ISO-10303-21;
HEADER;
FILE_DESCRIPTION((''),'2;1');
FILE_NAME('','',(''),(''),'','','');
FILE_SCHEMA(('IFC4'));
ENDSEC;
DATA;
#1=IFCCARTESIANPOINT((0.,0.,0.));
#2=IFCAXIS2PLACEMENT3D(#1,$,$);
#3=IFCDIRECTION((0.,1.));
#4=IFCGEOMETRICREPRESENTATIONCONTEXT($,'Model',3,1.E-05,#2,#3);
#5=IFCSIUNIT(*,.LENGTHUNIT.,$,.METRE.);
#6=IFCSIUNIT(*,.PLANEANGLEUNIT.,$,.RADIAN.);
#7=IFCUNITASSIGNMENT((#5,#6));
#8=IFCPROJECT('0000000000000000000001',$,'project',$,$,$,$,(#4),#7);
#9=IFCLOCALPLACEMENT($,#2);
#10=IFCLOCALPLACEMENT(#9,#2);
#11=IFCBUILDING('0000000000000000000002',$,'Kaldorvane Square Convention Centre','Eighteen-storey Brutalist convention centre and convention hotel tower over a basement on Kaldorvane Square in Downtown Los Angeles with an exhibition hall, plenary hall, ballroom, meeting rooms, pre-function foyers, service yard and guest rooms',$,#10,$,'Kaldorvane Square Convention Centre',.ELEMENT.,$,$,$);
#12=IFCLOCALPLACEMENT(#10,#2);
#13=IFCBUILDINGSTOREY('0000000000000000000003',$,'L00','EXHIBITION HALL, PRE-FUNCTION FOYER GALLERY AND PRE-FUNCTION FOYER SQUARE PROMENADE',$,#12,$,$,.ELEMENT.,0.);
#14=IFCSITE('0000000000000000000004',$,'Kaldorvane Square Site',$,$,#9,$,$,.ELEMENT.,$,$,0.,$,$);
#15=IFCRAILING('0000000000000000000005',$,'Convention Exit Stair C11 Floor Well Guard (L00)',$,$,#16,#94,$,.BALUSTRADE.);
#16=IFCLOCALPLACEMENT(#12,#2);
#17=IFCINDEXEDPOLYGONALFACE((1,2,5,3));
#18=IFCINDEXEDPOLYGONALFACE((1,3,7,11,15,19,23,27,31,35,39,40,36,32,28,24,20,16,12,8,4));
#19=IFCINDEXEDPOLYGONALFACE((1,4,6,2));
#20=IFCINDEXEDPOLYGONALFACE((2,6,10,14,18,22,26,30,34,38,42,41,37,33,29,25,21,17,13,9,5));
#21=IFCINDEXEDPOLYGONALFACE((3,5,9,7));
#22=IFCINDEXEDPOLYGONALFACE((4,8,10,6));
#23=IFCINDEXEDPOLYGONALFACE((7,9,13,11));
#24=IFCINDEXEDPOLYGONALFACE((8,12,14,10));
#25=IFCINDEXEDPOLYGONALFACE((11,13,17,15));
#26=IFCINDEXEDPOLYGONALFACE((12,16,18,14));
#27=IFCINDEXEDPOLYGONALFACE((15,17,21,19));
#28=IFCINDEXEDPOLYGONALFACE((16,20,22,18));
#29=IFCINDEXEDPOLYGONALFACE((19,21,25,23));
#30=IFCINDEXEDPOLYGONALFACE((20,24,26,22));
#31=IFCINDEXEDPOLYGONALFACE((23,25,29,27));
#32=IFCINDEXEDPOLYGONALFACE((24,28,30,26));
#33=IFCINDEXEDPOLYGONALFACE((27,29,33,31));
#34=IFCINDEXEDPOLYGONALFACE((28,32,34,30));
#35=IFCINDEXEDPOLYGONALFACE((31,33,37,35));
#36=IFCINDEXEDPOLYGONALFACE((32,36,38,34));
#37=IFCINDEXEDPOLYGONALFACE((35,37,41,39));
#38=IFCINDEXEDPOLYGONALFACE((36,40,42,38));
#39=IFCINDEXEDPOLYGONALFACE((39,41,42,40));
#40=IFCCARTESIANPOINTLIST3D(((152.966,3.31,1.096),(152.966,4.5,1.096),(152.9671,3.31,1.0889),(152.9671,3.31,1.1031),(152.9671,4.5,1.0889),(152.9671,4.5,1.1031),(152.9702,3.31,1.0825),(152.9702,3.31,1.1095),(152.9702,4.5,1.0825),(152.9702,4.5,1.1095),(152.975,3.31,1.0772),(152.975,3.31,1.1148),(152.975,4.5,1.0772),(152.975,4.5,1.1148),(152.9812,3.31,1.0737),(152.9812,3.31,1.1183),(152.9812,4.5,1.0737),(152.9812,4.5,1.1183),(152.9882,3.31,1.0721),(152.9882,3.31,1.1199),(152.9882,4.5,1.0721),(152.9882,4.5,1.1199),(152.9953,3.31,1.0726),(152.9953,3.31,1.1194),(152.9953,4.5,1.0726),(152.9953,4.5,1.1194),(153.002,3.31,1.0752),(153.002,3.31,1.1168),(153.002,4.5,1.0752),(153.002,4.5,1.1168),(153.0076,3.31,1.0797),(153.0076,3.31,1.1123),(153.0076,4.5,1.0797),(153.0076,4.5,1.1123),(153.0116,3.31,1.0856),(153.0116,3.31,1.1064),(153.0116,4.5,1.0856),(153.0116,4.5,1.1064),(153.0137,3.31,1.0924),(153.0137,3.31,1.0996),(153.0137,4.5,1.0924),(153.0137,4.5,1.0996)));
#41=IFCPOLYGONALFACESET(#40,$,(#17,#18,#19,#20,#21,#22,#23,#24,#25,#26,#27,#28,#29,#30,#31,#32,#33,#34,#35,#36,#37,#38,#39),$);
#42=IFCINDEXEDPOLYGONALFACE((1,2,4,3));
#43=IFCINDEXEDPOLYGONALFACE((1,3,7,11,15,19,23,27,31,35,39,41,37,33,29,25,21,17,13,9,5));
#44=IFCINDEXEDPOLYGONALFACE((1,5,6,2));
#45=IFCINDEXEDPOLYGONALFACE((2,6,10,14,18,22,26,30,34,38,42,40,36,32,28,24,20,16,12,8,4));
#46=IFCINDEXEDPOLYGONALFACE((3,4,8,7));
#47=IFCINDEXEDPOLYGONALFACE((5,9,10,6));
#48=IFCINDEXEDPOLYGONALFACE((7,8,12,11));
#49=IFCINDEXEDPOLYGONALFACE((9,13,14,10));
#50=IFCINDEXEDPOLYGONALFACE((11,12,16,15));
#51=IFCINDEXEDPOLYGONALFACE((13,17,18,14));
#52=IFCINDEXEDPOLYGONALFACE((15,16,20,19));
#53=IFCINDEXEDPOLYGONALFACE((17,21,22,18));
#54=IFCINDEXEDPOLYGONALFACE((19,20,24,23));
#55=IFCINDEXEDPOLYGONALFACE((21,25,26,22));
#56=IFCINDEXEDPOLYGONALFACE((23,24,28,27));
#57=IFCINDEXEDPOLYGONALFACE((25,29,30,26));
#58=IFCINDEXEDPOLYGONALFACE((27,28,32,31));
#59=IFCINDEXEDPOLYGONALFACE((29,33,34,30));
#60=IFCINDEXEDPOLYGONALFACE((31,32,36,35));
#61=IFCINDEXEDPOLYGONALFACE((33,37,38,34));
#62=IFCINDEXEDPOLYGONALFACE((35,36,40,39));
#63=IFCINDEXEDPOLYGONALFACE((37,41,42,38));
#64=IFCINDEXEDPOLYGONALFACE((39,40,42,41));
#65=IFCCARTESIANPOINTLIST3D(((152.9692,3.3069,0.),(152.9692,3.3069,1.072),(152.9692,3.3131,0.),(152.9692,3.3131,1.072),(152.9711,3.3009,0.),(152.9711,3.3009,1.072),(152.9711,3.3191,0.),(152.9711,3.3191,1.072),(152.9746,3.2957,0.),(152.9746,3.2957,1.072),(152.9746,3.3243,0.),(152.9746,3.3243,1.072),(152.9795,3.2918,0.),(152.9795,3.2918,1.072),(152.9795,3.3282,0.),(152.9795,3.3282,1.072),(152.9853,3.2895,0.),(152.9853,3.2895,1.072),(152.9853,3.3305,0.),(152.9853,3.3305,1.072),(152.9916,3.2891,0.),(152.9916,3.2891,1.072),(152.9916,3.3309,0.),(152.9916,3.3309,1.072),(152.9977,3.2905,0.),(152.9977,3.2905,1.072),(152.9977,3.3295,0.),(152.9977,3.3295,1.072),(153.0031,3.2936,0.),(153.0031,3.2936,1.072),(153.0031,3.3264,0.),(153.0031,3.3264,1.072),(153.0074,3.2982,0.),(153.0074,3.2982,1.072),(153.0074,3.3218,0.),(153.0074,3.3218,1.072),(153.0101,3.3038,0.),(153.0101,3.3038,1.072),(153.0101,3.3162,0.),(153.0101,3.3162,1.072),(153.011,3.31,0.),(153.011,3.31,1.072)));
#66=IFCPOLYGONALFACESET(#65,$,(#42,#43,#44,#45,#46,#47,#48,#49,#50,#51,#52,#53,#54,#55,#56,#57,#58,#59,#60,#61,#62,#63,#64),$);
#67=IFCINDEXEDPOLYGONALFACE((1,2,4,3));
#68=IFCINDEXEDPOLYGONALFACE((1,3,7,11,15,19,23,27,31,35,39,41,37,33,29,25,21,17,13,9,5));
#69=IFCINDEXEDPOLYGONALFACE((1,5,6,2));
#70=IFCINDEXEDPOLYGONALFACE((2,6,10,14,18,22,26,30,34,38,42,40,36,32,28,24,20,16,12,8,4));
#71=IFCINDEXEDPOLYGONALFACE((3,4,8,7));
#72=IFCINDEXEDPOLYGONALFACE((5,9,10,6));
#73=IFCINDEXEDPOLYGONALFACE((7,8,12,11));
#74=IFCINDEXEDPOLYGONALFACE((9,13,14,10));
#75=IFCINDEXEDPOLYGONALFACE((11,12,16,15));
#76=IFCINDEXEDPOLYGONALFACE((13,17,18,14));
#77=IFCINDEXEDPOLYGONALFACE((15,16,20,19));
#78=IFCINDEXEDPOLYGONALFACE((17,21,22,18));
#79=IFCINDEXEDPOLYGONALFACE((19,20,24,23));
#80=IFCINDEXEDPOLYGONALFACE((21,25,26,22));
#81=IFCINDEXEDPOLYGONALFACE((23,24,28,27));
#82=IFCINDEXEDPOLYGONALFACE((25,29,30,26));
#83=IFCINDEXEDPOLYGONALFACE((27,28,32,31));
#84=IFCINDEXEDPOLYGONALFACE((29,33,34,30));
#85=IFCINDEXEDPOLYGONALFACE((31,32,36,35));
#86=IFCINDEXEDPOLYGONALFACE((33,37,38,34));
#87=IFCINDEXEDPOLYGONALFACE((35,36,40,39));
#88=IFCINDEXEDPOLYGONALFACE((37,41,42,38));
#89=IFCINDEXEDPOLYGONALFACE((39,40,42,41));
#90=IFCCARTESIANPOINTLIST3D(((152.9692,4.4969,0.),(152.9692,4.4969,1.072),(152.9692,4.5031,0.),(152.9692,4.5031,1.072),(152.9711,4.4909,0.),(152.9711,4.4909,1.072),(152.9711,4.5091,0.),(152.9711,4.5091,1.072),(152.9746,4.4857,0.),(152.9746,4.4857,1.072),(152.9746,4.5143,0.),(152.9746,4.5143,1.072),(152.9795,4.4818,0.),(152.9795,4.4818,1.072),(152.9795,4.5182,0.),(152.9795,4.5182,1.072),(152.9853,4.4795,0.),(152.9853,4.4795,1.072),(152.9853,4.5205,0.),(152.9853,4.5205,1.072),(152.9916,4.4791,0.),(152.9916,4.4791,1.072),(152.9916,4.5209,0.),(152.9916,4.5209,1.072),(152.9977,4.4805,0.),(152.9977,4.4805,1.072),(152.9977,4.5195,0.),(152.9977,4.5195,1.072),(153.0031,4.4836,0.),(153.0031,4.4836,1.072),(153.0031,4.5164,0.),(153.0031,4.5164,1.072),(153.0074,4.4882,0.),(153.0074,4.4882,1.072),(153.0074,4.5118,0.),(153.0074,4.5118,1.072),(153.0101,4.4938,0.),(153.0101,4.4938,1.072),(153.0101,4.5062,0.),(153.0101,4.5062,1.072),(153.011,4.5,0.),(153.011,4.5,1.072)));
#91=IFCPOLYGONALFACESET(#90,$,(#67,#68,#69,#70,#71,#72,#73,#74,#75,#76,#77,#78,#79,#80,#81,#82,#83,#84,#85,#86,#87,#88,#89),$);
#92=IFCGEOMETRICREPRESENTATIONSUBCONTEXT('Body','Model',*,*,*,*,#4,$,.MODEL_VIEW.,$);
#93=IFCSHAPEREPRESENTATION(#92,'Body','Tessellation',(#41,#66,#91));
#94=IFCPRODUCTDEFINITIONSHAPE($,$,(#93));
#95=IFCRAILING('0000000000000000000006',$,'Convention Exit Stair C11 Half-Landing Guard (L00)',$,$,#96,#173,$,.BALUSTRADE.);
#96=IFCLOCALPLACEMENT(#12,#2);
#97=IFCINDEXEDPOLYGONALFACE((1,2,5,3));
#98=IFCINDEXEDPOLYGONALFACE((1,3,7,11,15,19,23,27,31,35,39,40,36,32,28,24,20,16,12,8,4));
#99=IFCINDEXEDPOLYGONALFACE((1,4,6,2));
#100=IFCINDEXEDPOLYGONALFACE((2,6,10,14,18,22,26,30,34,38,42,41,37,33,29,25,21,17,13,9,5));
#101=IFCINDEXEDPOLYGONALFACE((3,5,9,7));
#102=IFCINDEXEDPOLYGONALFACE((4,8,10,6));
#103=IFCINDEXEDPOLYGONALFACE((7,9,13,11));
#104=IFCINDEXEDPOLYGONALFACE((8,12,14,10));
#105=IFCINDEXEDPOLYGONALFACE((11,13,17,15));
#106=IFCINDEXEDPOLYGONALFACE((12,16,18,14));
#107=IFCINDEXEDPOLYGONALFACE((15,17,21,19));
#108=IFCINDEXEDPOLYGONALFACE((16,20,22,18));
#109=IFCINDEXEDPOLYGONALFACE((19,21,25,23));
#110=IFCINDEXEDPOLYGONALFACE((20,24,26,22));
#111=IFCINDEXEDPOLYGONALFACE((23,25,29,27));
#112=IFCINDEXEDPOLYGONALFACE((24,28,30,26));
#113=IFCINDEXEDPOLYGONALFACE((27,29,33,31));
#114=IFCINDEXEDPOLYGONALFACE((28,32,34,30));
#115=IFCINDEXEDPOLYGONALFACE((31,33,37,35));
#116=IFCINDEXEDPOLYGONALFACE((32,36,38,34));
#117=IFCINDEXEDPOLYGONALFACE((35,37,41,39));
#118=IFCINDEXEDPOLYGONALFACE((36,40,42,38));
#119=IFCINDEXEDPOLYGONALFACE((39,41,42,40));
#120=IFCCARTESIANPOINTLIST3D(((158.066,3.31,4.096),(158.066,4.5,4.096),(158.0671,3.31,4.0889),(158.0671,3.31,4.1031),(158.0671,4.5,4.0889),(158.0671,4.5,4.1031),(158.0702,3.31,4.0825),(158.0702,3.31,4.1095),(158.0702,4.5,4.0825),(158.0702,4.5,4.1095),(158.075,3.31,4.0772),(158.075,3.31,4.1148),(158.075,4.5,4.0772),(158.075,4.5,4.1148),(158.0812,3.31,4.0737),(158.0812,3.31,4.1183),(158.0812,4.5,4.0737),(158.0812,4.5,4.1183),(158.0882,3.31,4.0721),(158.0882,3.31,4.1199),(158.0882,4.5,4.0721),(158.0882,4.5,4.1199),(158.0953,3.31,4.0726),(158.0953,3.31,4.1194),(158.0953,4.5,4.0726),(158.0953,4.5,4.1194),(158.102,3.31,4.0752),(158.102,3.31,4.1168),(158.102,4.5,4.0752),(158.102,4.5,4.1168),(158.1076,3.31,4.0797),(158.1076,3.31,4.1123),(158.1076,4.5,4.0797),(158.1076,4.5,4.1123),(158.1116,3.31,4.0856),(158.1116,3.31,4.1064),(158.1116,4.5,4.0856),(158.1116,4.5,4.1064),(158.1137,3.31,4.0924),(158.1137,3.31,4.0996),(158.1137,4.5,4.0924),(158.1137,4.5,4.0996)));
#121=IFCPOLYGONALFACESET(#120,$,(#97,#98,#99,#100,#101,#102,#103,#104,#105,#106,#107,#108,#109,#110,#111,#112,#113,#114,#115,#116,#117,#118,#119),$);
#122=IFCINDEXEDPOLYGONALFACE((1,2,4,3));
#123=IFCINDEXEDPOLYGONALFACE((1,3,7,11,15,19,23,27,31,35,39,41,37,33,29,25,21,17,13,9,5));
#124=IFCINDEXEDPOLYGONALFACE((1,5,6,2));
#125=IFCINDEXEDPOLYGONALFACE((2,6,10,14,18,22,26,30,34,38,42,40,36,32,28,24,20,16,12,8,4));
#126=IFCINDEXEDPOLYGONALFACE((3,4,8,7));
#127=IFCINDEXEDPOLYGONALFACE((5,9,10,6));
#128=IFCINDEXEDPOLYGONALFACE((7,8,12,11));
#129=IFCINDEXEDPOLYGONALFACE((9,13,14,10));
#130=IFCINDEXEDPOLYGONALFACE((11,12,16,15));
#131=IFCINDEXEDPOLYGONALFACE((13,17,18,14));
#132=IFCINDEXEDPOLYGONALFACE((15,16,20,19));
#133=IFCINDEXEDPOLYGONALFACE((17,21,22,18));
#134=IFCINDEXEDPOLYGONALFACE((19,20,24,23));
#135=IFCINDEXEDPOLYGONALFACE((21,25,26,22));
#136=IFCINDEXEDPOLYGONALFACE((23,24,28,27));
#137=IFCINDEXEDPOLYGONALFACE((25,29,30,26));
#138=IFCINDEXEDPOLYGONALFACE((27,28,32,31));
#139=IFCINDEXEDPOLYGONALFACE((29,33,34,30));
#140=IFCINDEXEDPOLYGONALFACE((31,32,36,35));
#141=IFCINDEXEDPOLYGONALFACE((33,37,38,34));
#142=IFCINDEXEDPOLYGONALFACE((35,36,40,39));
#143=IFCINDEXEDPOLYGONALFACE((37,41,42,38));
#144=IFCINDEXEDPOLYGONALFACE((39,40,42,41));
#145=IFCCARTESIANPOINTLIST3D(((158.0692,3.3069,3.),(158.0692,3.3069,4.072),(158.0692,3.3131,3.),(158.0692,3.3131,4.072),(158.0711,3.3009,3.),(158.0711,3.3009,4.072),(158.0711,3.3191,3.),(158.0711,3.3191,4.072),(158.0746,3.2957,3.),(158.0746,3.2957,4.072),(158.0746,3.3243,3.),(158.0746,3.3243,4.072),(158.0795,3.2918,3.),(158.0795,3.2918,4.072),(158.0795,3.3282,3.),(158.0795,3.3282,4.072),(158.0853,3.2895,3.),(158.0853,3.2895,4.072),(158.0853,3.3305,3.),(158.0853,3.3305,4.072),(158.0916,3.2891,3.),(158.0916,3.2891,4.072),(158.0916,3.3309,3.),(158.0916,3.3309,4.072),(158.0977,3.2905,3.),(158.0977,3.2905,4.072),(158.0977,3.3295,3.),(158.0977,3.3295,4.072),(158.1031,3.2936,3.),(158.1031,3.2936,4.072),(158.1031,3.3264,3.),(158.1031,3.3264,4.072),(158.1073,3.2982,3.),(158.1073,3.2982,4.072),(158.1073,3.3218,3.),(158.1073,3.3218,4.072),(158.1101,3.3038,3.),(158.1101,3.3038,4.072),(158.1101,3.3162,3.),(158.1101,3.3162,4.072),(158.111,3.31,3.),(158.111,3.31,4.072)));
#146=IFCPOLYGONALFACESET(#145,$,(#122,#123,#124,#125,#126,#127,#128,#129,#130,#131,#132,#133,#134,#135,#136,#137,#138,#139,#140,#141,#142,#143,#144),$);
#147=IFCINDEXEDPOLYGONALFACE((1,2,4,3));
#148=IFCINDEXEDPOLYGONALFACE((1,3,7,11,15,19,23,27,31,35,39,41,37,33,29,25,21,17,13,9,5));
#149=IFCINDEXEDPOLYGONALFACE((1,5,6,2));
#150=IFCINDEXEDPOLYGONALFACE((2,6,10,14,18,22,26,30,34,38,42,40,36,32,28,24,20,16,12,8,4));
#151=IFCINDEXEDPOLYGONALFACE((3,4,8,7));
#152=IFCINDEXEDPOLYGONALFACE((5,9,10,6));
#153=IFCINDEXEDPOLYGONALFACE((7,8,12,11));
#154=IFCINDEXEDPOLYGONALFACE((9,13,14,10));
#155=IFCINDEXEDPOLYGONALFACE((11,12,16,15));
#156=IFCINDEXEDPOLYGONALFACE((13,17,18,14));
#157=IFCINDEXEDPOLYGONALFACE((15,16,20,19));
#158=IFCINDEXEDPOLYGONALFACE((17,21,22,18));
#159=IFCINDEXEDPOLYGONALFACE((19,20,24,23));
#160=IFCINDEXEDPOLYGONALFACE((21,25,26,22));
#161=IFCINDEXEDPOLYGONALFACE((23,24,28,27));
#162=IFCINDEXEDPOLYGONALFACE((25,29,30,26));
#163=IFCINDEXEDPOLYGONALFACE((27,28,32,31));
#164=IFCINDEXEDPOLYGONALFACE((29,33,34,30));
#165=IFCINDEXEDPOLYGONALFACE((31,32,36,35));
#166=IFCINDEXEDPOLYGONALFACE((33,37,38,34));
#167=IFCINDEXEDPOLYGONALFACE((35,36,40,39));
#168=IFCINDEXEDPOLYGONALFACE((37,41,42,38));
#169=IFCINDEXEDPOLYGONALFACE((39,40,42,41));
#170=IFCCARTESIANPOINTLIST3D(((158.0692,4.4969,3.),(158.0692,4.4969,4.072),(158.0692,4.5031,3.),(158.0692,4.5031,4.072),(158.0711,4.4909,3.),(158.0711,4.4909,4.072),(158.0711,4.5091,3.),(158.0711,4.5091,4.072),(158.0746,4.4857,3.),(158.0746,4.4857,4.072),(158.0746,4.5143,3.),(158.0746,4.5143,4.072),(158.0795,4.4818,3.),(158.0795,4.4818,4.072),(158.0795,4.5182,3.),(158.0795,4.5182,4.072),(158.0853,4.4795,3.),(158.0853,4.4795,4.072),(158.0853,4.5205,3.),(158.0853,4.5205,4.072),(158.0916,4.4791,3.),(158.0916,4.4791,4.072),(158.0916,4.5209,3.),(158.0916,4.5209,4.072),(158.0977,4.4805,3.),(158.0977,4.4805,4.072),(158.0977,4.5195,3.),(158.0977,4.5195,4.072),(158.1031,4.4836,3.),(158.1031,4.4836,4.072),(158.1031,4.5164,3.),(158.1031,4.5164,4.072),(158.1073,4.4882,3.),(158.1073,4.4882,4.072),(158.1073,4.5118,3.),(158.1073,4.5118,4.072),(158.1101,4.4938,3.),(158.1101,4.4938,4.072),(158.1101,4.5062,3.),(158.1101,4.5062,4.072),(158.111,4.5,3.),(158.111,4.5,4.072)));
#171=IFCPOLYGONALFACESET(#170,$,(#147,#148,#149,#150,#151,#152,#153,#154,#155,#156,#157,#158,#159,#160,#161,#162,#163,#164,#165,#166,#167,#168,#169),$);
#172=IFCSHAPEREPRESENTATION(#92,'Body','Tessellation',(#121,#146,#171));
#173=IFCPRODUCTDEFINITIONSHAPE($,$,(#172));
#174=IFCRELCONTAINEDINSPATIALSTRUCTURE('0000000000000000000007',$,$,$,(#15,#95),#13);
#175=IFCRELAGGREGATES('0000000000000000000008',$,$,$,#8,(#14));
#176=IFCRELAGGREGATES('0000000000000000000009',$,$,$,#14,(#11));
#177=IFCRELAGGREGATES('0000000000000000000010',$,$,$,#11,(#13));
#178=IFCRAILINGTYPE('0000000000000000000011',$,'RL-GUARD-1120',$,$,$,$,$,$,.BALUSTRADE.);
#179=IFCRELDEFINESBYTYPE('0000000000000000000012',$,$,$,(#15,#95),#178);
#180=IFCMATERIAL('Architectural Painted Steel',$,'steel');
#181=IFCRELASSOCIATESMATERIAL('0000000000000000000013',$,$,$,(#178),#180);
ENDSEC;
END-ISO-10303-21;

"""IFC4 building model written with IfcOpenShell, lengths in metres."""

from ifc_helpers import new_model, si_unit, direction, frame, origin, origin_2d, place, context, subcontext, project, spatial, circle, extrude, material, type_object, element, save


model = new_model("IFC4")

# Units and contexts
model_context = context("Model", 3, precision=1e-05, world=origin(), true_north=direction((0.0, 1.0)))
body_context = subcontext(model_context, "Body", "Model", "MODEL_VIEW")
ifc_project = project(units=[si_unit("LENGTHUNIT", "METRE"), si_unit("PLANEANGLEUNIT", "RADIAN")], contexts=[model_context])

# Site, building, storey
site_placement = place(None, origin())
site = spatial("IfcSite", under=ifc_project, at=site_placement, Name="Kaldorvane Square Site", CompositionType="ELEMENT", RefElevation=0.0)
building_placement = place(site_placement, origin())
building = spatial("IfcBuilding", under=site, at=building_placement, Name="Kaldorvane Square Convention Centre", Description="Eighteen-storey Brutalist convention centre and convention hotel tower over a basement on Kaldorvane Square in Downtown Los Angeles with an exhibition hall, plenary hall, ballroom, meeting rooms, pre-function foyers, service yard and guest rooms", LongName="Kaldorvane Square Convention Centre", CompositionType="ELEMENT")
storey_placement = place(building_placement, origin())
storey = spatial("IfcBuildingStorey", under=building, at=storey_placement, Name="L00", Description="EXHIBITION HALL, PRE-FUNCTION FOYER GALLERY AND PRE-FUNCTION FOYER SQUARE PROMENADE", CompositionType="ELEMENT", Elevation=0.0)

# Railings
ifc_material_1 = material(Name="Architectural Painted Steel", Category="steel")
railing_type_1 = type_object("IfcRailingType", Name="RL-GUARD-1120", PredefinedType="BALUSTRADE", material=ifc_material_1)
for number, where, name in (
    (1, (152.99, 3.31, 0.0), "Convention Exit Stair C11 Floor Well Guard (L00)"),
    (2, (158.09, 3.31, 3.0), "Convention Exit Stair C11 Half-Landing Guard (L00)"),
):
    element("IfcRailing", number, at=place(storey_placement, frame(where)), inside=storey, type_object=railing_type_1, Name=name, PredefinedType="BALUSTRADE", context=body_context, shape_type="SweptSolid", body=[
        extrude(circle(Radius=0.024, at=origin_2d()), frame((0.0, 0.0, 1.096), z_axis=(0.0, 1.0, 0.0), x_axis=(-1.0, 0.0, 0.0)), (0.0, 0.0, 1.0), 1.19),
        extrude(circle(Radius=0.021, at=origin_2d()), origin(), (0.0, 0.0, 1.0), 1.072),
        extrude(circle(Radius=0.021, at=origin_2d()), frame((0.0, 1.19, 0.0)), (0.0, 0.0, 1.0), 1.072),
    ])

save(model, "model.ifc")
